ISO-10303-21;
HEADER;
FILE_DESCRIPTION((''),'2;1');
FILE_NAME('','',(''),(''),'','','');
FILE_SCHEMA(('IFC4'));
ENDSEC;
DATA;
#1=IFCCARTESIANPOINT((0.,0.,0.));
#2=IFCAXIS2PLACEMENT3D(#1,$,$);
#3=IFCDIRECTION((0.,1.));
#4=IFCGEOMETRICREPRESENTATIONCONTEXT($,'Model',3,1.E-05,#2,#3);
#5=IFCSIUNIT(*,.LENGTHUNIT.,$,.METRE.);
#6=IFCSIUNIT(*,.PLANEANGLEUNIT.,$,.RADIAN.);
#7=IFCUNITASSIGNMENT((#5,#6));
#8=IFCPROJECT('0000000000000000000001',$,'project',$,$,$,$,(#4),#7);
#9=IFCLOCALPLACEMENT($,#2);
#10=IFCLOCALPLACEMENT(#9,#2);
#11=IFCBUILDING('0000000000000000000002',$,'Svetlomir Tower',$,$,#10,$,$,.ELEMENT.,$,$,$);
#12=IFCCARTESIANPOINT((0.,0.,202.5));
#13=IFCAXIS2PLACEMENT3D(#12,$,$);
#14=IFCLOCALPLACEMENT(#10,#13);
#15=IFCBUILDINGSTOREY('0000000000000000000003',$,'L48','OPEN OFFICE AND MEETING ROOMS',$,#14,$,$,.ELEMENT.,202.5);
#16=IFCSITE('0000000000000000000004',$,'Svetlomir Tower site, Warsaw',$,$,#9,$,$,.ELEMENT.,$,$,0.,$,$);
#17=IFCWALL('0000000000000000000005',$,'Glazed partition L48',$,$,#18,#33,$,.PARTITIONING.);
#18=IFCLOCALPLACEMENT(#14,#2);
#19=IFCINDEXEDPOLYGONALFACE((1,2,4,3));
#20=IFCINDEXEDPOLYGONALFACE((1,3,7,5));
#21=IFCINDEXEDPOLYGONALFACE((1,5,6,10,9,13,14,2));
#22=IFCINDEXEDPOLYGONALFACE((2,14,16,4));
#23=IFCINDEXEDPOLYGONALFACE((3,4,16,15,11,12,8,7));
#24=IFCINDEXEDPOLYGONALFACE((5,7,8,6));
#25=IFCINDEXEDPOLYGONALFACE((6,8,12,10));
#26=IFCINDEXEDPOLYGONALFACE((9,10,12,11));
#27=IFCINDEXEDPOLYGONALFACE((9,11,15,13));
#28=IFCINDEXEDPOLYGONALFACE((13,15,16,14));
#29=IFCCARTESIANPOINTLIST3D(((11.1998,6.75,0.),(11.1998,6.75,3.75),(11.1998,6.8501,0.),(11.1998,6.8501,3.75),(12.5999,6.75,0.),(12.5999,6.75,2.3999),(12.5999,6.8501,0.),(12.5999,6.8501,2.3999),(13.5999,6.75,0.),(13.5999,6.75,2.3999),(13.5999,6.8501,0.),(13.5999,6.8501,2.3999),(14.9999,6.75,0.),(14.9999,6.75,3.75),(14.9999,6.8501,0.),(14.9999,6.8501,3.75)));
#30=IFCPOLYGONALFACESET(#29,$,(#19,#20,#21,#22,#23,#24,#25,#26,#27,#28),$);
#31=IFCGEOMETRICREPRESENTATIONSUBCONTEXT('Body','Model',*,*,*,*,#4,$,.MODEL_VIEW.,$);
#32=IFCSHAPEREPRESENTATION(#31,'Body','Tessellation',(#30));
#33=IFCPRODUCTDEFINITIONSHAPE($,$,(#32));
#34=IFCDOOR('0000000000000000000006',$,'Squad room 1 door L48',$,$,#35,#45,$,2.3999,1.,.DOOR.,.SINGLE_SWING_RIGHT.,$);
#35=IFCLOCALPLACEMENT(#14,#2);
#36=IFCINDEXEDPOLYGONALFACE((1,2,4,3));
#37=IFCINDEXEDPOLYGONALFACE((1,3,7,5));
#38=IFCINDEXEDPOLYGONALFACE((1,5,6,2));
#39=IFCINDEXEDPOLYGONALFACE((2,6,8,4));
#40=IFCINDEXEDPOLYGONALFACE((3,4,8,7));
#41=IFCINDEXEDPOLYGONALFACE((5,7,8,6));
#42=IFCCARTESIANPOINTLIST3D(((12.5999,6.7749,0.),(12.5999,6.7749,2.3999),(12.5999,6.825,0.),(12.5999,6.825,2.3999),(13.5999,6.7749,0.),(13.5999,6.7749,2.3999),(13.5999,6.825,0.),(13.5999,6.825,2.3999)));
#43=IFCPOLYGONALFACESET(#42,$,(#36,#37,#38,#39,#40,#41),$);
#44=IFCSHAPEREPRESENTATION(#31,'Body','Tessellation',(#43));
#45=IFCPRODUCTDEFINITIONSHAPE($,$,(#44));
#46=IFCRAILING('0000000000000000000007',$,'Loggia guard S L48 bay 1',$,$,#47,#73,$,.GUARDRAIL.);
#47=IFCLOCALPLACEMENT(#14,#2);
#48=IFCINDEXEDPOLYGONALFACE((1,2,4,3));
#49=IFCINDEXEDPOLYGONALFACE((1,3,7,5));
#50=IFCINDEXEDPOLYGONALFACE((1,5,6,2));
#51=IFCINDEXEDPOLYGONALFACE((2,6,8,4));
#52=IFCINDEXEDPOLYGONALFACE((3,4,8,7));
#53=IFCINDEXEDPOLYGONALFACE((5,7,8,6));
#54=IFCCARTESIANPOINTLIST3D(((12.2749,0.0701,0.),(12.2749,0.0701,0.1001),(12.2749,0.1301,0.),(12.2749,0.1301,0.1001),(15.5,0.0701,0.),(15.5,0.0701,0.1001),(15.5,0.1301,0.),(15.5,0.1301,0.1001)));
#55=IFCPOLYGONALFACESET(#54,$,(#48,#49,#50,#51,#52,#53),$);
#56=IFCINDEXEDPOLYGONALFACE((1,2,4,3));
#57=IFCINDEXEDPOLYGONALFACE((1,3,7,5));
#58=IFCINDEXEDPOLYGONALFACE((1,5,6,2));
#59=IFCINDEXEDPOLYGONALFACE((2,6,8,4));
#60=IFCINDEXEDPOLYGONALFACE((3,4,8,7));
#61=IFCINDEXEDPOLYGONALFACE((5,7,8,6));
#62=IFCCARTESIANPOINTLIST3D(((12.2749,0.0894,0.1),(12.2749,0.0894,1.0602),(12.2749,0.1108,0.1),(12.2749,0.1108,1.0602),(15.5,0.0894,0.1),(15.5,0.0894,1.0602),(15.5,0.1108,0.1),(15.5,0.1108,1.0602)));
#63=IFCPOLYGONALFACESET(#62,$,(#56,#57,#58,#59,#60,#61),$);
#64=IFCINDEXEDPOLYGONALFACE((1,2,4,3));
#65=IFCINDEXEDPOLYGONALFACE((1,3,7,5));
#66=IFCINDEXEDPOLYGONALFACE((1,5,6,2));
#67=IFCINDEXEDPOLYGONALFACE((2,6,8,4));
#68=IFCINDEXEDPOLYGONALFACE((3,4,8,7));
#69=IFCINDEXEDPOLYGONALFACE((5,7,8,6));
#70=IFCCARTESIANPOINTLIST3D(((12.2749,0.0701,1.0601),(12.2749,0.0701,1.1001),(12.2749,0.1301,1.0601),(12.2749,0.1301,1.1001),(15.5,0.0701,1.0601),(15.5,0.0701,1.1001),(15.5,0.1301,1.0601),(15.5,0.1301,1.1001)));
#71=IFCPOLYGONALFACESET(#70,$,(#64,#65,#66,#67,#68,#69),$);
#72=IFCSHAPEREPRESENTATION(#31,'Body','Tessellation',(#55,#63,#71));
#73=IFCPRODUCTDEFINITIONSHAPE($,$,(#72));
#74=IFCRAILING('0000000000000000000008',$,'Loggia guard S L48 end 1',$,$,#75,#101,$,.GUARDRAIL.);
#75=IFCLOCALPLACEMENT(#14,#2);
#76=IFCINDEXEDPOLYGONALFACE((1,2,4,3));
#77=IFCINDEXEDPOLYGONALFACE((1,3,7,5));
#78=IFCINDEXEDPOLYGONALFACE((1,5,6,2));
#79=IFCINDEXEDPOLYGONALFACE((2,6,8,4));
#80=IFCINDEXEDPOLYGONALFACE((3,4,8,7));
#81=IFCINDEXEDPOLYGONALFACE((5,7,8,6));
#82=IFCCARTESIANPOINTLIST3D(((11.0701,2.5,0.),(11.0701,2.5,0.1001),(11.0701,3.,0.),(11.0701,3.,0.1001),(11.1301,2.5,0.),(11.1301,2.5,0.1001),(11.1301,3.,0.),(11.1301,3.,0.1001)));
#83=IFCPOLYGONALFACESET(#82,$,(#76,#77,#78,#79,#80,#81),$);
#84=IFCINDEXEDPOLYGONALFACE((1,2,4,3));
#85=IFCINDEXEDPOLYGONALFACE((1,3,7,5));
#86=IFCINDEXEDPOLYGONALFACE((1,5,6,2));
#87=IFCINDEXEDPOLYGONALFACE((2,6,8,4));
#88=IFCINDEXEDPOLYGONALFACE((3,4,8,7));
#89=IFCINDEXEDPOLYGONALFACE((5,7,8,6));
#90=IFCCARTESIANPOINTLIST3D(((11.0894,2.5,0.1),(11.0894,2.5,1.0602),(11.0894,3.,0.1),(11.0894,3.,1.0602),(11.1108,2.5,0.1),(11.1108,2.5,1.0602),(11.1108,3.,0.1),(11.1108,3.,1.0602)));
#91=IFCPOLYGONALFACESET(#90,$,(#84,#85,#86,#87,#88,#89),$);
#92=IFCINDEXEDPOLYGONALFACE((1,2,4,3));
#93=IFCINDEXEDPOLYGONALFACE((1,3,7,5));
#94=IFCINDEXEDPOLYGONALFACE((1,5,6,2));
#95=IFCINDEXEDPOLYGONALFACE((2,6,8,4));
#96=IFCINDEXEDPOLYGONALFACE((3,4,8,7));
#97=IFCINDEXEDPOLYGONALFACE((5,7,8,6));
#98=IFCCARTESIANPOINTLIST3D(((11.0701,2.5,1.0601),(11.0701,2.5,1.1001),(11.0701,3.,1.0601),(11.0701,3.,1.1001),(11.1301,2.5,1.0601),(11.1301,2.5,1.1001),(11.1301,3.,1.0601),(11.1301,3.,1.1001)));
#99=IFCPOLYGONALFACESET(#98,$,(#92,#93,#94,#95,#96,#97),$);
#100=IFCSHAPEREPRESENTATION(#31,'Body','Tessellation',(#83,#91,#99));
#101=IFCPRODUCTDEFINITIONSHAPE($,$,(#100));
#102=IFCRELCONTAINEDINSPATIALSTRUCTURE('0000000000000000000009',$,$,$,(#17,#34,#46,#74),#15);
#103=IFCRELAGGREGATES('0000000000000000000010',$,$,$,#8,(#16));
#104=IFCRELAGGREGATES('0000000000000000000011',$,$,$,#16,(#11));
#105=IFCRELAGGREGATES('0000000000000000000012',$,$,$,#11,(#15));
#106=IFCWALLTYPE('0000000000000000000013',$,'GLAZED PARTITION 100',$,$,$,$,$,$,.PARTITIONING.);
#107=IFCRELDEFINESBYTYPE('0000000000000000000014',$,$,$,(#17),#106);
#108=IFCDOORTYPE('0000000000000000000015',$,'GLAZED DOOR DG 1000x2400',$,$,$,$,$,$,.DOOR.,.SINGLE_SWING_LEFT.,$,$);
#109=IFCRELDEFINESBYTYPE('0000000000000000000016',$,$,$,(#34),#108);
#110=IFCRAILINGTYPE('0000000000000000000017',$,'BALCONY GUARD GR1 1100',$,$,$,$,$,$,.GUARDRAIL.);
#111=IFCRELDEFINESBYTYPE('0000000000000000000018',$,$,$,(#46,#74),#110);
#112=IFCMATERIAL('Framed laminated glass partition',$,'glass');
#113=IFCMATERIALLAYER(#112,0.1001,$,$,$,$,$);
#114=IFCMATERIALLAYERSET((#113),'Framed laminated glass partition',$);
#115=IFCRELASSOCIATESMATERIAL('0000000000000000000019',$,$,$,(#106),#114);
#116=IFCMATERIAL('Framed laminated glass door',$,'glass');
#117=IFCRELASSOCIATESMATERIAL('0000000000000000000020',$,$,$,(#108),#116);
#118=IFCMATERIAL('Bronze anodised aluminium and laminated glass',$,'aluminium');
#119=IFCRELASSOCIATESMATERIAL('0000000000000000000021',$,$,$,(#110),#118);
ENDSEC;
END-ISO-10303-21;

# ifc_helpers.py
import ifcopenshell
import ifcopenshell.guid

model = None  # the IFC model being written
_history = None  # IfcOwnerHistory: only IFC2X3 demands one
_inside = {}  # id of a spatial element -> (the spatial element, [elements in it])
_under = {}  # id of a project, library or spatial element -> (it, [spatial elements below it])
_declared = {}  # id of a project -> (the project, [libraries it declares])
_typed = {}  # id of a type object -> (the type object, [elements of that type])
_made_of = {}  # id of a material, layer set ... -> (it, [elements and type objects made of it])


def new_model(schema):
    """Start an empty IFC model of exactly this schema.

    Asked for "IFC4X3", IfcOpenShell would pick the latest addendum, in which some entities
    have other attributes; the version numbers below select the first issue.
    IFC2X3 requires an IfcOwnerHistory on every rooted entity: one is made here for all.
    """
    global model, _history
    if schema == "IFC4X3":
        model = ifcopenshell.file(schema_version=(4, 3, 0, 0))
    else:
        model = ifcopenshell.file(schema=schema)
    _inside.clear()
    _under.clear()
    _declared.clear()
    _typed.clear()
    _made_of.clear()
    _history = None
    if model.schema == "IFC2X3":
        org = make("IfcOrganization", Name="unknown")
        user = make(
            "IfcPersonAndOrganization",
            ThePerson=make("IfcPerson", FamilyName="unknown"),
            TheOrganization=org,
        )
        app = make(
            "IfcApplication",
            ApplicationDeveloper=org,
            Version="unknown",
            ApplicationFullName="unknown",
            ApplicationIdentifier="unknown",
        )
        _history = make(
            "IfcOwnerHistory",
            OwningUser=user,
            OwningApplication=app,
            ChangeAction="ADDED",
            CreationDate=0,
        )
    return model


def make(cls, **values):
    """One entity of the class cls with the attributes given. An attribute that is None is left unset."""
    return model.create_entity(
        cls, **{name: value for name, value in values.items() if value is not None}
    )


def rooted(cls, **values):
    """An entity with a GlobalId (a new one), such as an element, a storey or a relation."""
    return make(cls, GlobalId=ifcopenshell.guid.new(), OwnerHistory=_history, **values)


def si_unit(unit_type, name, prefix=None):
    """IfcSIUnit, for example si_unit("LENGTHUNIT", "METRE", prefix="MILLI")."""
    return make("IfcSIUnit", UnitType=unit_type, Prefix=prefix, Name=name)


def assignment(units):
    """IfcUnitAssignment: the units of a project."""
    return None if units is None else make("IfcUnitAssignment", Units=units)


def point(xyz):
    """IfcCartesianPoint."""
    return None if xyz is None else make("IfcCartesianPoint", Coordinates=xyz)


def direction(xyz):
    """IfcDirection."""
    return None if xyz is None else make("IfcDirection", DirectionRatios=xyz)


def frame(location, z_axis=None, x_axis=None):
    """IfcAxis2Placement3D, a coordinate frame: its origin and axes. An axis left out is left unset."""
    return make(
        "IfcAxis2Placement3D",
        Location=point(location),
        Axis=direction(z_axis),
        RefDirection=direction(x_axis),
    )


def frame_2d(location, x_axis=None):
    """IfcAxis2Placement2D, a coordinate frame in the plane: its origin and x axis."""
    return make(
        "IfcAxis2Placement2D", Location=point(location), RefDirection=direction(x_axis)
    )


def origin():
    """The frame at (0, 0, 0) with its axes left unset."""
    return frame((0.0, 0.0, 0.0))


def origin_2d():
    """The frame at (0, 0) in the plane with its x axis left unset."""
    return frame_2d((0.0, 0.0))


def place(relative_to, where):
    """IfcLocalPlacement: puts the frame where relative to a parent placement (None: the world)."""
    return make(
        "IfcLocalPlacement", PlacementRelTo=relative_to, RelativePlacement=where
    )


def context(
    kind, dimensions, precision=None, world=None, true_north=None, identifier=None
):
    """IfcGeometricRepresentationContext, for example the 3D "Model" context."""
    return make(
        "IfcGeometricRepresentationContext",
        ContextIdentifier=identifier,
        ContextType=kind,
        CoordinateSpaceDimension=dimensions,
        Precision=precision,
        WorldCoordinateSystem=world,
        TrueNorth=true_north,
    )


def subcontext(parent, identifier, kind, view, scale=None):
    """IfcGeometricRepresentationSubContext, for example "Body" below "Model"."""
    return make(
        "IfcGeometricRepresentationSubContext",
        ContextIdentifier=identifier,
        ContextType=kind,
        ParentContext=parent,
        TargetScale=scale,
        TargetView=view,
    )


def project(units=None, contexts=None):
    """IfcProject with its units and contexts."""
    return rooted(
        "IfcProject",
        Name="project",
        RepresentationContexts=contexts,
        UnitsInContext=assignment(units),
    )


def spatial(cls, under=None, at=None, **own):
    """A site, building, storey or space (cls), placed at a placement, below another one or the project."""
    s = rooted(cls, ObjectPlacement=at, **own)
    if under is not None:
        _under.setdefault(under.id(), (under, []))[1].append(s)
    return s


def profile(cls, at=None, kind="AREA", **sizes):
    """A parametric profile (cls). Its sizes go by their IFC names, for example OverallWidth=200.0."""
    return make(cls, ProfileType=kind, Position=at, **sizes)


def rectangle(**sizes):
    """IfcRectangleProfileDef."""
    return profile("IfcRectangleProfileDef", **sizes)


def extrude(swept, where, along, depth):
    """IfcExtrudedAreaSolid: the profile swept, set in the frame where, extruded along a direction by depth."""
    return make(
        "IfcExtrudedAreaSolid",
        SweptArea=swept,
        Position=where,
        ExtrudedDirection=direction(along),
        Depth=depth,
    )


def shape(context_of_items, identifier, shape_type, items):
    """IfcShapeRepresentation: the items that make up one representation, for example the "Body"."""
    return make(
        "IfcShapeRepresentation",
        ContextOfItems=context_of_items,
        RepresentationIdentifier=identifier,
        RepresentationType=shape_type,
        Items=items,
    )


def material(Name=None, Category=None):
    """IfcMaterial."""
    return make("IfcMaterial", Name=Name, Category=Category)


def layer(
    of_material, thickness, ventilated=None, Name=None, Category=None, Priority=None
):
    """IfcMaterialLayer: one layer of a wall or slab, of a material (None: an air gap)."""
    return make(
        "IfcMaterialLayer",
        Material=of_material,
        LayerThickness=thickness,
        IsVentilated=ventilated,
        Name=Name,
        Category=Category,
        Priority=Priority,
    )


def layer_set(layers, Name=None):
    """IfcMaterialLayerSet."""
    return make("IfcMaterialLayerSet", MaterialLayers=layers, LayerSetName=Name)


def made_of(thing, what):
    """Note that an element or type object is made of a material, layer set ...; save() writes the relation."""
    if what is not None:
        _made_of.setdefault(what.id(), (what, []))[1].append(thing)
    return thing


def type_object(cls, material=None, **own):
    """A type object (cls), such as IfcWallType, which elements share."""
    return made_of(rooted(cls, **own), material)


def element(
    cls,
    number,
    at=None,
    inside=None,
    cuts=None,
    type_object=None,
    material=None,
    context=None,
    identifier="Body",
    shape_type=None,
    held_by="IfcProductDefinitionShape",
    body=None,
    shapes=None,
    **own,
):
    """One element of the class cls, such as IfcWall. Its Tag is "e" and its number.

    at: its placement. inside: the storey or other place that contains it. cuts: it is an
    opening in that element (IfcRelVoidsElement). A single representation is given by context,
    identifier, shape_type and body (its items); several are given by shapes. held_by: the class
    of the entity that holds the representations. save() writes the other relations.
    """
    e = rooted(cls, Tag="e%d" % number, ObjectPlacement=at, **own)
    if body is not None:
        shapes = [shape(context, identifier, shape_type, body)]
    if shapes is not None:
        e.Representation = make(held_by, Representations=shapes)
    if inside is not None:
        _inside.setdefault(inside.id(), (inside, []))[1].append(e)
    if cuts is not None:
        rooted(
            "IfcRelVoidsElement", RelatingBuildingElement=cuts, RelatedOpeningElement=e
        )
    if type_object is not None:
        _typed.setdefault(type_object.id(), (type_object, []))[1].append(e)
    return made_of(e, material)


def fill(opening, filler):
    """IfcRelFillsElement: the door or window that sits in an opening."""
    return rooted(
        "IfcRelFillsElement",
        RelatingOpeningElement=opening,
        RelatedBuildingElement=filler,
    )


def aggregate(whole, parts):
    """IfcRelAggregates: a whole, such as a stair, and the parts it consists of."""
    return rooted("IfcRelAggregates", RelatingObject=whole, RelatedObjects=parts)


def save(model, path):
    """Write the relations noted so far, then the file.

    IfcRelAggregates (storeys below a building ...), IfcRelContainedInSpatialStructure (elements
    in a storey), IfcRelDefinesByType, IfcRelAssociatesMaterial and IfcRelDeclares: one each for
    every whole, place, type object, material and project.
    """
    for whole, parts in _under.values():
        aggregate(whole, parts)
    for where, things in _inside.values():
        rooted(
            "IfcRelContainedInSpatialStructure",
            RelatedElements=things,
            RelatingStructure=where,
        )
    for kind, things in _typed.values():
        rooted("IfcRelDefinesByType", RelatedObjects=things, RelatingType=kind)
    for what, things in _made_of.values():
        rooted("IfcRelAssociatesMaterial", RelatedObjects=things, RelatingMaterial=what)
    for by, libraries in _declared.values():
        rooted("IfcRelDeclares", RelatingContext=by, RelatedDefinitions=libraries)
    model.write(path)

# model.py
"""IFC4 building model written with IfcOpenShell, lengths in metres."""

from ifc_helpers import new_model, si_unit, direction, frame, frame_2d, origin, origin_2d, place, context, subcontext, project, spatial, rectangle, extrude, material, layer, layer_set, type_object, element, fill, save


model = new_model("IFC4")

# Units and contexts
model_context = context("Model", 3, precision=1e-05, world=origin(), true_north=direction((0.0, 1.0)))
body_context = subcontext(model_context, "Body", "Model", "MODEL_VIEW")
ifc_project = project(units=[si_unit("LENGTHUNIT", "METRE"), si_unit("PLANEANGLEUNIT", "RADIAN")], contexts=[model_context])

# Site, building, storey
site_placement = place(None, origin())
site = spatial("IfcSite", under=ifc_project, at=site_placement, Name="Svetlomir Tower site, Warsaw", CompositionType="ELEMENT", RefElevation=0.0)
building_placement = place(site_placement, origin())
building = spatial("IfcBuilding", under=site, at=building_placement, Name="Svetlomir Tower", CompositionType="ELEMENT")
storey_placement = place(building_placement, frame((0.0, 0.0, 202.5)))
storey = spatial("IfcBuildingStorey", under=building, at=storey_placement, Name="L48", Description="OPEN OFFICE AND MEETING ROOMS", CompositionType="ELEMENT", Elevation=202.5)

# Shared definitions
ifc_material_1 = material(Name="Framed laminated glass partition", Category="glass")
ifc_layer_1 = layer(ifc_material_1, 0.1001)
ifc_layer_set_1 = layer_set([ifc_layer_1], Name="Framed laminated glass partition")
wall_type = type_object("IfcWallType", Name="GLAZED PARTITION 100", PredefinedType="PARTITIONING", material=ifc_layer_set_1)

# Wall, opening, door
wall_1_placement = place(storey_placement, frame((11.2, 6.8, 0.0), z_axis=(0.0, 0.0, 1.0), x_axis=(1.0, 0.0, 0.0)))
wall_1 = element("IfcWall", 1, at=wall_1_placement, inside=storey, type_object=wall_type, Name="Glazed partition L48", PredefinedType="PARTITIONING", context=body_context, shape_type="SweptSolid", body=[
    extrude(rectangle(XDim=3.8, YDim=0.1001, at=frame_2d((1.8999, 0.0))), origin(), (0.0, 0.0, 1.0), 3.75),
])
opening_placement = place(wall_1_placement, frame((1.3999, 0.0, 0.0)))
opening = element("IfcOpeningElement", 2, at=opening_placement, cuts=wall_1, PredefinedType="OPENING", context=body_context, shape_type="SweptSolid", body=[
    extrude(rectangle(XDim=1.0, YDim=2.3999, at=frame_2d((0.5, 1.2))), frame((0.0, 0.0601, 0.0), z_axis=(0.0, -1.0, 0.0), x_axis=(1.0, 0.0, 0.0)), (0.0, 0.0, 1.0), 0.1201),
])
ifc_material_2 = material(Name="Framed laminated glass door", Category="glass")
door_type = type_object("IfcDoorType", Name="GLAZED DOOR DG 1000x2400", OperationType="SINGLE_SWING_LEFT", PredefinedType="DOOR", material=ifc_material_2)
door_placement = place(opening_placement, origin())
door = element("IfcDoor", 3, at=door_placement, inside=storey, type_object=door_type, Name="Squad room 1 door L48", OperationType="SINGLE_SWING_RIGHT", OverallHeight=2.3999, OverallWidth=1.0, PredefinedType="DOOR", context=body_context, shape_type="SweptSolid", body=[
    extrude(rectangle(XDim=1.0, YDim=2.3999, at=frame_2d((0.5, 1.2))), frame((0.0, 0.0249, 0.0), z_axis=(0.0, -1.0, 0.0), x_axis=(1.0, 0.0, 0.0)), (0.0, 0.0, 1.0), 0.05),
])
fill(opening, door)

# Railings
ifc_material_3 = material(Name="Bronze anodised aluminium and laminated glass", Category="aluminium")
railing_type = type_object("IfcRailingType", Name="BALCONY GUARD GR1 1100", PredefinedType="GUARDRAIL", material=ifc_material_3)
railing_1_placement = place(storey_placement, frame((12.2749, 0.1001, 0.0)))
element("IfcRailing", 4, at=railing_1_placement, inside=storey, type_object=railing_type, Name="Loggia guard S L48 bay 1", PredefinedType="GUARDRAIL", context=body_context, shape_type="SweptSolid", body=[
    extrude(rectangle(XDim=0.0601, YDim=0.1001, at=origin_2d()), frame((0.0, 0.0, 0.05), z_axis=(1.0, 0.0, 0.0), x_axis=(0.0, 1.0, 0.0)), (0.0, 0.0, 1.0), 3.2251),
    extrude(rectangle(XDim=0.0215, YDim=0.9602, at=origin_2d()), frame((0.0, 0.0, 0.5801), z_axis=(1.0, 0.0, 0.0), x_axis=(0.0, 1.0, 0.0)), (0.0, 0.0, 1.0), 3.2251),
    extrude(rectangle(XDim=0.0601, YDim=0.04, at=origin_2d()), frame((0.0, 0.0, 1.0801), z_axis=(1.0, 0.0, 0.0), x_axis=(0.0, 1.0, 0.0)), (0.0, 0.0, 1.0), 3.2251),
])
railing_2_placement = place(storey_placement, frame((11.1001, 2.5, 0.0)))
element("IfcRailing", 5, at=railing_2_placement, inside=storey, type_object=railing_type, Name="Loggia guard S L48 end 1", PredefinedType="GUARDRAIL", context=body_context, shape_type="SweptSolid", body=[
    extrude(rectangle(XDim=0.0601, YDim=0.1001, at=origin_2d()), frame((0.0, 0.0, 0.05), z_axis=(0.0, 1.0, 0.0), x_axis=(-1.0, 0.0, 0.0)), (0.0, 0.0, 1.0), 0.5),
    extrude(rectangle(XDim=0.0215, YDim=0.9602, at=origin_2d()), frame((0.0, 0.0, 0.5801), z_axis=(0.0, 1.0, 0.0), x_axis=(-1.0, 0.0, 0.0)), (0.0, 0.0, 1.0), 0.5),
    extrude(rectangle(XDim=0.0601, YDim=0.04, at=origin_2d()), frame((0.0, 0.0, 1.0801), z_axis=(0.0, 1.0, 0.0), x_axis=(-1.0, 0.0, 0.0)), (0.0, 0.0, 1.0), 0.5),
])

save(model, "model.ifc")
